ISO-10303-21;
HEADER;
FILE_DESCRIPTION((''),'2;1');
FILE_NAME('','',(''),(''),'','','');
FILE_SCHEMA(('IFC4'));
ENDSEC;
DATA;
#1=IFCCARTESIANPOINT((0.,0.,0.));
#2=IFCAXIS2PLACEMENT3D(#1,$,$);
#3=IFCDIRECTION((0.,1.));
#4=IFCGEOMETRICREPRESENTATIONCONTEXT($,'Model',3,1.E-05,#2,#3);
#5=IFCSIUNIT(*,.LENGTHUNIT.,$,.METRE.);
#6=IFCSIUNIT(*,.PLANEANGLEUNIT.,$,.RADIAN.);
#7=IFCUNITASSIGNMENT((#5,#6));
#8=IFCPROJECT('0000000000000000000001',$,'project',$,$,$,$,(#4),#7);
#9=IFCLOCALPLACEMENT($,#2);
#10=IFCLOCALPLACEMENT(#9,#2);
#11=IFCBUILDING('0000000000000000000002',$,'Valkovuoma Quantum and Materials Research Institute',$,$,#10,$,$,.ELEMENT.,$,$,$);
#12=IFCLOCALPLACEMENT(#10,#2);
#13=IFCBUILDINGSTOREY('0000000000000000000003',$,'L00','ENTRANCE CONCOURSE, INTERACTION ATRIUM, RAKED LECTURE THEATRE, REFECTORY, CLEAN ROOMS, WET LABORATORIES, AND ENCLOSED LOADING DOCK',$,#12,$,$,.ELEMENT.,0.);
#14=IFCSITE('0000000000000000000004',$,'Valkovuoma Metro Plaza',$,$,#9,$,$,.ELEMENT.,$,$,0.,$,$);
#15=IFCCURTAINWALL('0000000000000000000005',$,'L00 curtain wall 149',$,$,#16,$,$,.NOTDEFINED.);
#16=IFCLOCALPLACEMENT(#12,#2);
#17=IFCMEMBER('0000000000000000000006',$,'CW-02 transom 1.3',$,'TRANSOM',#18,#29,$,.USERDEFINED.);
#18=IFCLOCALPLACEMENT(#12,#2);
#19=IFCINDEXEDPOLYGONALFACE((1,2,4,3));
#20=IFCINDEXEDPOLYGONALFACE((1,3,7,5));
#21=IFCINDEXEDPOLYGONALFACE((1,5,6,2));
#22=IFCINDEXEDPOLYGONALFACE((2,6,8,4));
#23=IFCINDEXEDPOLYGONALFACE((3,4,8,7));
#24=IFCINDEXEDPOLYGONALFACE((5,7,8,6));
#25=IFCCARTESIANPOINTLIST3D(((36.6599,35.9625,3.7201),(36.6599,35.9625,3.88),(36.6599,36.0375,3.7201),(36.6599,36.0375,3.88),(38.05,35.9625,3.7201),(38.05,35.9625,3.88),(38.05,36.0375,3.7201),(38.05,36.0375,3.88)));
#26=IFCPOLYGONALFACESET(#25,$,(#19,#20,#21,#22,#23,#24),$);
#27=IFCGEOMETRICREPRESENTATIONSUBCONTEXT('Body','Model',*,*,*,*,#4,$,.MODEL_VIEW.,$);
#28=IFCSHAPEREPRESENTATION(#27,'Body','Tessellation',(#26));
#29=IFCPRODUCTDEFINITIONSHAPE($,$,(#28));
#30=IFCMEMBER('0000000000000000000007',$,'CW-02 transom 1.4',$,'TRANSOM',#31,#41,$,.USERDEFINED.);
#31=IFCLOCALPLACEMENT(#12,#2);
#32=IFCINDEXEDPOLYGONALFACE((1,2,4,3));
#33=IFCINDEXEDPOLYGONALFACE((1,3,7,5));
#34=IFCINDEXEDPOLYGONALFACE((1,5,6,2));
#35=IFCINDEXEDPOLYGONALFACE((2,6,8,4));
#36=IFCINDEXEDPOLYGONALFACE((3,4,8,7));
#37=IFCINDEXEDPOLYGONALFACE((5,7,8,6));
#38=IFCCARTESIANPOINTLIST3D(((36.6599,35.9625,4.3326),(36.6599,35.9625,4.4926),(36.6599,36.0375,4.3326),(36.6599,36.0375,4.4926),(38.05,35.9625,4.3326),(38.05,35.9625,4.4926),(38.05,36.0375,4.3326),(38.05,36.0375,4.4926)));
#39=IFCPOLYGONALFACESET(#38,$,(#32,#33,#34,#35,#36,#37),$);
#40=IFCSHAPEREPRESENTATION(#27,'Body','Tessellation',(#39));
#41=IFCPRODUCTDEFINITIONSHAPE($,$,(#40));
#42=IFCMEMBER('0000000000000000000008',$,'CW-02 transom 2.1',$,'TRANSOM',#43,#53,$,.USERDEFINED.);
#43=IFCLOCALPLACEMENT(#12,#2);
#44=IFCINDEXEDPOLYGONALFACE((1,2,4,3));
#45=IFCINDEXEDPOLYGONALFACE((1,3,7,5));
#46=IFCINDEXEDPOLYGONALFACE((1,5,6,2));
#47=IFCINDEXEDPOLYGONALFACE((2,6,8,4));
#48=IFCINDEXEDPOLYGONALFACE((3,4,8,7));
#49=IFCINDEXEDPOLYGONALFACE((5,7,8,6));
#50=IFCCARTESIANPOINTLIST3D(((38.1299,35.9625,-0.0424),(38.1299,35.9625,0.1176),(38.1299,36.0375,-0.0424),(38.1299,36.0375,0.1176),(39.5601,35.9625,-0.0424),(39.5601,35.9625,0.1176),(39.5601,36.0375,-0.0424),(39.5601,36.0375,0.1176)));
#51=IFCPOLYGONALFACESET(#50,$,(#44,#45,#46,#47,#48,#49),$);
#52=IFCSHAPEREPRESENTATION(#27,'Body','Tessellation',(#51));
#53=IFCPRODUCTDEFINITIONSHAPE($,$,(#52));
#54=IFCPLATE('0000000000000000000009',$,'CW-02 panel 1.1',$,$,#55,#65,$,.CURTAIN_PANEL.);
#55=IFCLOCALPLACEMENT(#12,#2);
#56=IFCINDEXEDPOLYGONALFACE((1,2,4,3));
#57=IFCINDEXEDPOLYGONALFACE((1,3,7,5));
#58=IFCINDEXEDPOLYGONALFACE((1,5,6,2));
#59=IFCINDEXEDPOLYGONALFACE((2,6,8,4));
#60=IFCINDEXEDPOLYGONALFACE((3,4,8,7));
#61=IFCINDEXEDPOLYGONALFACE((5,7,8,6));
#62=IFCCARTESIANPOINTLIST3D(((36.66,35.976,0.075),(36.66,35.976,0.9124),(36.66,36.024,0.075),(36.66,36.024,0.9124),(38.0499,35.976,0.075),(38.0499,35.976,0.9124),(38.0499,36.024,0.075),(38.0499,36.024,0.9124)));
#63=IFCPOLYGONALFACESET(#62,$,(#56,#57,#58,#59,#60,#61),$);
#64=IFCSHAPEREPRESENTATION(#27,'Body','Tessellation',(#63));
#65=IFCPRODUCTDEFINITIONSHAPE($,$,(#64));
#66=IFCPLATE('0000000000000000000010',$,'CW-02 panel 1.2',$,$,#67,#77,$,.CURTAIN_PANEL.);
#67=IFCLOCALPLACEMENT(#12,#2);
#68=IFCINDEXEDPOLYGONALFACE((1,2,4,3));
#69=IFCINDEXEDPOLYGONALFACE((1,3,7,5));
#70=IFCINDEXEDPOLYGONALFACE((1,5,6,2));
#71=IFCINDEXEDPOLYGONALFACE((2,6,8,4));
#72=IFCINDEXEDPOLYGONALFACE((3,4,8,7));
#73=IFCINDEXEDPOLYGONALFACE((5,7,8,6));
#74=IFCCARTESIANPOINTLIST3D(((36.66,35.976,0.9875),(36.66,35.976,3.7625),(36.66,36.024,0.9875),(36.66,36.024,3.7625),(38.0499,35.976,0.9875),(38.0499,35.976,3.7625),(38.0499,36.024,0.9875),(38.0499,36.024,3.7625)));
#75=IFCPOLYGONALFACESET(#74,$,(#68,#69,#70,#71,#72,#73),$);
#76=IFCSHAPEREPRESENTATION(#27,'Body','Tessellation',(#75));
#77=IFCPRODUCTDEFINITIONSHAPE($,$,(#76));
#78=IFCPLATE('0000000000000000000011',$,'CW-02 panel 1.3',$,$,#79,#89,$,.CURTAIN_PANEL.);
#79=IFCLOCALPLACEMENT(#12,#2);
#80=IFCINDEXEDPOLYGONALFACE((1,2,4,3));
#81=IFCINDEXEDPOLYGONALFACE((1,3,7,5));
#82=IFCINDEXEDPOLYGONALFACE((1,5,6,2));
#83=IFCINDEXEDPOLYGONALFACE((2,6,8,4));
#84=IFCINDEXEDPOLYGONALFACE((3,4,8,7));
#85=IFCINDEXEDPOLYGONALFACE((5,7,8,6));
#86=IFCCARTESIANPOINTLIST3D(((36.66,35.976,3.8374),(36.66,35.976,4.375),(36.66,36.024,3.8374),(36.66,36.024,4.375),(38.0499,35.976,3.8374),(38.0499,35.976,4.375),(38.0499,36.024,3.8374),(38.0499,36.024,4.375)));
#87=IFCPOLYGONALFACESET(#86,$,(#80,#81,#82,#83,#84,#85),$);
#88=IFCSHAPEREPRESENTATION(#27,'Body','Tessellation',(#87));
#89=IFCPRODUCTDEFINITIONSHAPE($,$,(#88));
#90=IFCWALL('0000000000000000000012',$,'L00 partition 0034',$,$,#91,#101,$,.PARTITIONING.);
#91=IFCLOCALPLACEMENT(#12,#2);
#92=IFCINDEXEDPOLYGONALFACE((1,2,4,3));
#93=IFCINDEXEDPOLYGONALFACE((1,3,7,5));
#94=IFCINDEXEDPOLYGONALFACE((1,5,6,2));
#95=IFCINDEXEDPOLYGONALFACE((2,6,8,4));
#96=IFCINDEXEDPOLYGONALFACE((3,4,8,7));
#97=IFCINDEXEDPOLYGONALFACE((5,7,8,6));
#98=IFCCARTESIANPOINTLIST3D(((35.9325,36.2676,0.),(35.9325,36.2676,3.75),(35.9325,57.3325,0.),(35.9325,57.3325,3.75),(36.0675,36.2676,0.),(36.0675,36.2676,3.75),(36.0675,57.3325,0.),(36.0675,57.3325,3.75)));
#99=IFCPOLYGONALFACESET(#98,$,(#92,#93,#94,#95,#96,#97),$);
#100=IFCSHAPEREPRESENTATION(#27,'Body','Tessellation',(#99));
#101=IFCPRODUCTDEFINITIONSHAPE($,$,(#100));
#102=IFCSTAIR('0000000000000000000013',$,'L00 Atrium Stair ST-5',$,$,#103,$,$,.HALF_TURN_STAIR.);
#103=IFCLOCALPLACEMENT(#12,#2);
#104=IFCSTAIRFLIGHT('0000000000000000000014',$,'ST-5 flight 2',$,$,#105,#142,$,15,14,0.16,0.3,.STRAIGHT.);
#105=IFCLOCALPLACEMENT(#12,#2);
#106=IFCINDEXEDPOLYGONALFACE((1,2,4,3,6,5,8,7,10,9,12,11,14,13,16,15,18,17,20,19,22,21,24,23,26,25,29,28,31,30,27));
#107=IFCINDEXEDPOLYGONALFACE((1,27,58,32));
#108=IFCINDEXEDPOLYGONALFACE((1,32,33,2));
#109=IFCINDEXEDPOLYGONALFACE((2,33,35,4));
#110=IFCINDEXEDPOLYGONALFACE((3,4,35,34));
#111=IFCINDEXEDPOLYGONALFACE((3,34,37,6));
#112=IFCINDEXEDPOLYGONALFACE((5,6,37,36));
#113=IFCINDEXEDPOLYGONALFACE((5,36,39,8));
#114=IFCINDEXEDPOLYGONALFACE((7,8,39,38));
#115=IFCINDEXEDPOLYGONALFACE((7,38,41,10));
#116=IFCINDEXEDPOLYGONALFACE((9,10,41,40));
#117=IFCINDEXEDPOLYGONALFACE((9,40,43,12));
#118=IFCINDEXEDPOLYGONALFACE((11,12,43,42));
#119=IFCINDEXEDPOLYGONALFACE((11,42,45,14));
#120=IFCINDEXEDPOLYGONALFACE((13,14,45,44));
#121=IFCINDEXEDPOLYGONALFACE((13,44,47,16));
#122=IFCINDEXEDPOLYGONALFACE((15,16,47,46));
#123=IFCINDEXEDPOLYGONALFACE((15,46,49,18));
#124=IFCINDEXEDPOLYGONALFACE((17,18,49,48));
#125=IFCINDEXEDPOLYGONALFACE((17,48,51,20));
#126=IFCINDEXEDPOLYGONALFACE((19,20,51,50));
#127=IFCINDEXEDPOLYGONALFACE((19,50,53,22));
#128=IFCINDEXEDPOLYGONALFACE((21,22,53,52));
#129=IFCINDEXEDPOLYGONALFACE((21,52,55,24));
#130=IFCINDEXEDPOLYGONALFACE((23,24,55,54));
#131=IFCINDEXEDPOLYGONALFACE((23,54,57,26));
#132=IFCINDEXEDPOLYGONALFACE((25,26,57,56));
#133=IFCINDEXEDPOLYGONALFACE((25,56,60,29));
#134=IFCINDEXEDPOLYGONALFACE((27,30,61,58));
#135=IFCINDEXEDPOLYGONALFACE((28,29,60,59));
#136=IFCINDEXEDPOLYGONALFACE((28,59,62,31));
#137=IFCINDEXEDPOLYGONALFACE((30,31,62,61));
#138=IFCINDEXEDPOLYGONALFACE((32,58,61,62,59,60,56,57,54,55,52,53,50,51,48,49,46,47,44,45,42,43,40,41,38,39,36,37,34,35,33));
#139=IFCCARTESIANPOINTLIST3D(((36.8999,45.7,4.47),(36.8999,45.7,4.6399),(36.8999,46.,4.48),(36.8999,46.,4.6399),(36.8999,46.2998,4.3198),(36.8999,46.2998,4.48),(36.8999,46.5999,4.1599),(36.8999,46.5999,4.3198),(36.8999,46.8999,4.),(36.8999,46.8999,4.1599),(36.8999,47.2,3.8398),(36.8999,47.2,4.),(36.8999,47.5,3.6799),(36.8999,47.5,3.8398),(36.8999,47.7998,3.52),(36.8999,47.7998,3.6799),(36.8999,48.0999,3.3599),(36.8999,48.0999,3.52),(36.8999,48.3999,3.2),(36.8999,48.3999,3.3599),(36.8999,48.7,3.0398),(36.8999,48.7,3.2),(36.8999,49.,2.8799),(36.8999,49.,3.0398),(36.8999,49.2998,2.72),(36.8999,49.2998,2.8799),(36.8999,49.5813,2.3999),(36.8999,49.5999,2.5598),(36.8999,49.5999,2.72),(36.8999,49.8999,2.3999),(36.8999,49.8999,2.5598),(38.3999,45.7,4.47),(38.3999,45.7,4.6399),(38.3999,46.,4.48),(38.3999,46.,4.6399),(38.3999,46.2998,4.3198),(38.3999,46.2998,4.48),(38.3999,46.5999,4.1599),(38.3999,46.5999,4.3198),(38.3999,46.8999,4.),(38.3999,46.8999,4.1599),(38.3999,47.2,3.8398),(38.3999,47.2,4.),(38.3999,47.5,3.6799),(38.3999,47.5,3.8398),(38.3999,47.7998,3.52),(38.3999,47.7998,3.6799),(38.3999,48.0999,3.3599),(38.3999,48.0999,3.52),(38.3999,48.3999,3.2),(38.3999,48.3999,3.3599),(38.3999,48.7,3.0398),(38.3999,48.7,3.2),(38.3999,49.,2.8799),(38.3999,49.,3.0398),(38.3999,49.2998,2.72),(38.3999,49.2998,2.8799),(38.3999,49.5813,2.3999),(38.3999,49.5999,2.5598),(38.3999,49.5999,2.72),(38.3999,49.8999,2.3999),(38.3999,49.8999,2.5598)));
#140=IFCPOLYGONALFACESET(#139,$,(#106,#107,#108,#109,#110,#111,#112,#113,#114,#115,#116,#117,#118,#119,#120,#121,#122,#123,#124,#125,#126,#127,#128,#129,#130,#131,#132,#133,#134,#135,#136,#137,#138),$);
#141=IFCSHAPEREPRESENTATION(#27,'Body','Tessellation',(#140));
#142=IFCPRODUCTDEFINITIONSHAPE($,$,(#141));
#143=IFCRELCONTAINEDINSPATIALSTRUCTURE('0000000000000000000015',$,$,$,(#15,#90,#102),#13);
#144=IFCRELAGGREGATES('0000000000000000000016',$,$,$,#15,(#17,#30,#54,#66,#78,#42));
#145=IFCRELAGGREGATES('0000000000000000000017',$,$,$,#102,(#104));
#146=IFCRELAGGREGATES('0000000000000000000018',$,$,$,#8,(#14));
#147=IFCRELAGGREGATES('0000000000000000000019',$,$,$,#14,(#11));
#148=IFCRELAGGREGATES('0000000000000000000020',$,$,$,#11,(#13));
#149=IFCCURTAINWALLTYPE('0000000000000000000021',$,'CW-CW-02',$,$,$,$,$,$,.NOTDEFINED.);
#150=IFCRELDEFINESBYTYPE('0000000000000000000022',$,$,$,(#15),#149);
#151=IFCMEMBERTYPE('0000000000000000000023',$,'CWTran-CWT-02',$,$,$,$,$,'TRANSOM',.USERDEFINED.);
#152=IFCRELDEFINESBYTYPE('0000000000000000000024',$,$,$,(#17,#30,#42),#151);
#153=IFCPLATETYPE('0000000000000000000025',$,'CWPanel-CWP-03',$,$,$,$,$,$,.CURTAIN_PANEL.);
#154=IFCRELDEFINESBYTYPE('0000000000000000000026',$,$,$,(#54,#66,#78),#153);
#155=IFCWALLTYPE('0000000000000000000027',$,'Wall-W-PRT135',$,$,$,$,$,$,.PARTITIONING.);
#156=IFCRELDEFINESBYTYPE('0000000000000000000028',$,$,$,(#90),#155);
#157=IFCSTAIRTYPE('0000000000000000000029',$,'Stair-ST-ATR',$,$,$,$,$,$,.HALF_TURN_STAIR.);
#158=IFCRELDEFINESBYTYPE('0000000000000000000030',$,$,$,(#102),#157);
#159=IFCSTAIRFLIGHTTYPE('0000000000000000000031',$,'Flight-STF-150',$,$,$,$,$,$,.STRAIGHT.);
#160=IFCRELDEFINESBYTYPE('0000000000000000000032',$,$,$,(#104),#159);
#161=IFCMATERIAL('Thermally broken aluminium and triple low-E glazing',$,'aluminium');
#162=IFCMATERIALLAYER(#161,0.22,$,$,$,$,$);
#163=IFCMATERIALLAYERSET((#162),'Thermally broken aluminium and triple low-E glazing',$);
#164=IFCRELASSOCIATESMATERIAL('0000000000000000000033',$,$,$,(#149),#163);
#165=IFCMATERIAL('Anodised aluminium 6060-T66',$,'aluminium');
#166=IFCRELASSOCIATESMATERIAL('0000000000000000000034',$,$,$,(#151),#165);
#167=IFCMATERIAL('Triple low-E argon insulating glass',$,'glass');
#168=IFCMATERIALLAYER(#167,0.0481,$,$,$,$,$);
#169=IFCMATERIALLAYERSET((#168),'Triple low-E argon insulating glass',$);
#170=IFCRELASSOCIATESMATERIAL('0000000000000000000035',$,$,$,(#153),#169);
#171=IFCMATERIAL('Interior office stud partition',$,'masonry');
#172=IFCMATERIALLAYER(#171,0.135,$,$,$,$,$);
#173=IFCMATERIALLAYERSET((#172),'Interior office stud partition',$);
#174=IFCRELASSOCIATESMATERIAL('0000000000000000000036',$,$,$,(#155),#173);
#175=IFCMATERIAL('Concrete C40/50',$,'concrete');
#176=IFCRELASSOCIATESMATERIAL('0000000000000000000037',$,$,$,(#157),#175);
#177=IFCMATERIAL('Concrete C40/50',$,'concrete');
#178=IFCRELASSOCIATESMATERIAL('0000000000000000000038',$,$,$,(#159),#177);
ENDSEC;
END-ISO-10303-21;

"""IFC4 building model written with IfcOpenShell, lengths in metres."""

from ifc_helpers import new_model, si_unit, direction, frame, frame_2d, origin, origin_2d, place, context, subcontext, project, spatial, polyline, rectangle, outline, extrude, material, layer, layer_set, material_profile, profile_set, type_object, element, aggregate, save


model = new_model("IFC4")

# Units and contexts
model_context = context("Model", 3, precision=1e-05, world=origin(), true_north=direction((0.0, 1.0)))
body_context = subcontext(model_context, "Body", "Model", "MODEL_VIEW")
ifc_project = project(units=[si_unit("LENGTHUNIT", "METRE"), si_unit("PLANEANGLEUNIT", "RADIAN")], contexts=[model_context])

# Site, building, storey
site_placement = place(None, origin())
site = spatial("IfcSite", under=ifc_project, at=site_placement, Name="Valkovuoma Metro Plaza", CompositionType="ELEMENT", RefElevation=0.0)
building_placement = place(site_placement, origin())
building = spatial("IfcBuilding", under=site, at=building_placement, Name="Valkovuoma Quantum and Materials Research Institute", CompositionType="ELEMENT")
storey_placement = place(building_placement, origin())
storey = spatial("IfcBuildingStorey", under=building, at=storey_placement, Name="L00", Description="ENTRANCE CONCOURSE, INTERACTION ATRIUM, RAKED LECTURE THEATRE, REFECTORY, CLEAN ROOMS, WET LABORATORIES, AND ENCLOSED LOADING DOCK", CompositionType="ELEMENT", Elevation=0.0)

# Curtain wall, members, plates
ifc_material_1 = material(Name="Thermally broken aluminium and triple low-E glazing", Category="aluminium")
ifc_layer_1 = layer(ifc_material_1, 0.22)
ifc_layer_set_1 = layer_set([ifc_layer_1], Name="Thermally broken aluminium and triple low-E glazing")
curtain_wall_type = type_object("IfcCurtainWallType", Name="CW-CW-02", PredefinedType="NOTDEFINED", material=ifc_layer_set_1)
curtain_wall_placement = place(storey_placement, origin())
curtain_wall = element("IfcCurtainWall", 1, at=curtain_wall_placement, inside=storey, type_object=curtain_wall_type, Name="L00 curtain wall 149", PredefinedType="NOTDEFINED")
ifc_material_2 = material(Name="Anodised aluminium 6060-T66", Category="aluminium")
ifc_material_profile_1 = material_profile(ifc_material_2, rectangle(XDim=0.075, YDim=0.1599, at=origin_2d()), Name="Anodised aluminium 6060-T66")
ifc_profile_set_1 = profile_set([ifc_material_profile_1], Name="Anodised aluminium 6060-T66")
member_type_1 = type_object("IfcMemberType", Name="CWTran-CWT-02", ElementType="TRANSOM", PredefinedType="USERDEFINED", material=ifc_profile_set_1)
member_1_placement = place(storey_placement, frame((36.6599, 36.0, 3.8), z_axis=(1.0, 0.0, 0.0), x_axis=(0.0, 1.0, 0.0)))
member_1 = element("IfcMember", 2, at=member_1_placement, type_object=member_type_1, Name="CW-02 transom 1.3", ObjectType="TRANSOM", PredefinedType="USERDEFINED", context=body_context, shape_type="SweptSolid", body=[
    extrude(rectangle(XDim=0.075, YDim=0.1599, at=origin_2d()), origin(), (0.0, 0.0, 1.0), 1.3901),
])
member_2_placement = place(storey_placement, frame((36.6599, 36.0, 4.4126), z_axis=(1.0, 0.0, 0.0), x_axis=(0.0, 1.0, 0.0)))
member_2 = element("IfcMember", 3, at=member_2_placement, type_object=member_type_1, Name="CW-02 transom 1.4", ObjectType="TRANSOM", PredefinedType="USERDEFINED", context=body_context, shape_type="SweptSolid", body=[
    extrude(rectangle(XDim=0.075, YDim=0.1599, at=origin_2d()), origin(), (0.0, 0.0, 1.0), 1.3901),
])
member_3_placement = place(storey_placement, frame((38.1299, 36.0, 0.0376), z_axis=(1.0, 0.0, 0.0), x_axis=(0.0, 1.0, 0.0)))
member_3 = element("IfcMember", 4, at=member_3_placement, type_object=member_type_1, Name="CW-02 transom 2.1", ObjectType="TRANSOM", PredefinedType="USERDEFINED", context=body_context, shape_type="SweptSolid", body=[
    extrude(rectangle(XDim=0.075, YDim=0.1599, at=origin_2d()), origin(), (0.0, 0.0, 1.0), 1.4302),
])
ifc_material_3 = material(Name="Triple low-E argon insulating glass", Category="glass")
ifc_layer_2 = layer(ifc_material_3, 0.0481)
ifc_layer_set_2 = layer_set([ifc_layer_2], Name="Triple low-E argon insulating glass")
plate_type = type_object("IfcPlateType", Name="CWPanel-CWP-03", PredefinedType="CURTAIN_PANEL", material=ifc_layer_set_2)
plate_1_placement = place(storey_placement, frame((37.355, 36.0, 0.075), z_axis=(0.0, 0.0, 1.0), x_axis=(1.0, 0.0, 0.0)))
plate_1 = element("IfcPlate", 5, at=plate_1_placement, type_object=plate_type, Name="CW-02 panel 1.1", PredefinedType="CURTAIN_PANEL", context=body_context, shape_type="SweptSolid", body=[
    extrude(rectangle(XDim=1.3899, YDim=0.0481, at=origin_2d()), origin(), (0.0, 0.0, 1.0), 0.8374),
])
plate_2_placement = place(storey_placement, frame((37.355, 36.0, 0.9875), z_axis=(0.0, 0.0, 1.0), x_axis=(1.0, 0.0, 0.0)))
plate_2 = element("IfcPlate", 6, at=plate_2_placement, type_object=plate_type, Name="CW-02 panel 1.2", PredefinedType="CURTAIN_PANEL", context=body_context, shape_type="SweptSolid", body=[
    extrude(rectangle(XDim=1.3899, YDim=0.0481, at=origin_2d()), origin(), (0.0, 0.0, 1.0), 2.7749),
])
plate_3_placement = place(storey_placement, frame((37.355, 36.0, 3.8374), z_axis=(0.0, 0.0, 1.0), x_axis=(1.0, 0.0, 0.0)))
plate_3 = element("IfcPlate", 7, at=plate_3_placement, type_object=plate_type, Name="CW-02 panel 1.3", PredefinedType="CURTAIN_PANEL", context=body_context, shape_type="SweptSolid", body=[
    extrude(rectangle(XDim=1.3899, YDim=0.0481, at=origin_2d()), origin(), (0.0, 0.0, 1.0), 0.5376),
])
aggregate(curtain_wall, [member_1, member_2, plate_1, plate_2, plate_3, member_3])

# Wall
ifc_material_4 = material(Name="Interior office stud partition", Category="masonry")
ifc_layer_3 = layer(ifc_material_4, 0.135)
ifc_layer_set_3 = layer_set([ifc_layer_3], Name="Interior office stud partition")
wall_type = type_object("IfcWallType", Name="Wall-W-PRT135", PredefinedType="PARTITIONING", material=ifc_layer_set_3)
wall_placement = place(storey_placement, frame((36.0, 36.2676, 0.0), z_axis=(0.0, 0.0, 1.0), x_axis=(0.0, 1.0, 0.0)))
element("IfcWall", 8, at=wall_placement, inside=storey, type_object=wall_type, Name="L00 partition 0034", PredefinedType="PARTITIONING", context=body_context, shape_type="SweptSolid", body=[
    extrude(rectangle(XDim=21.0649, YDim=0.135, at=frame_2d((10.5325, 0.0))), origin(), (0.0, 0.0, 1.0), 3.75),
])

# Stair, stair flight
ifc_material_5 = material(Name="Concrete C40/50", Category="concrete")
stair_type = type_object("IfcStairType", Name="Stair-ST-ATR", PredefinedType="HALF_TURN_STAIR", material=ifc_material_5)
stair_placement = place(storey_placement, origin())
stair = element("IfcStair", 9, at=stair_placement, inside=storey, type_object=stair_type, Name="L00 Atrium Stair ST-5", PredefinedType="HALF_TURN_STAIR")
ifc_material_6 = material(Name="Concrete C40/50", Category="concrete")
stair_flight_type = type_object("IfcStairFlightType", Name="Flight-STF-150", PredefinedType="STRAIGHT", material=ifc_material_6)
stair_flight_placement = place(storey_placement, frame((37.6499, 49.8999, 2.3999), z_axis=(0.0, 0.0, 1.0), x_axis=(0.0, -1.0, 0.0)))
stair_flight = element("IfcStairFlight", 10, at=stair_flight_placement, type_object=stair_flight_type, Name="ST-5 flight 2", NumberOfRisers=15, NumberOfTreads=14, PredefinedType="STRAIGHT", RiserHeight=0.16, TreadLength=0.3, context=body_context, shape_type="SweptSolid", body=[
    extrude(outline(polyline([(0.0, 0.0), (0.0, 0.1599), (0.3, 0.1599), (0.3, 0.3201), (0.6001, 0.3201), (0.6001, 0.48), (0.8999, 0.48), (0.8999, 0.6399), (1.2, 0.6399), (1.2, 0.8), (1.5, 0.8), (1.5, 0.96), (1.8, 0.96), (1.8, 1.1201), (2.1001, 1.1201), (2.1001, 1.28), (2.3999, 1.28), (2.3999, 1.4399), (2.7, 1.4399), (2.7, 1.6001), (3.0, 1.6001), (3.0, 1.76), (3.3, 1.76), (3.3, 1.9199), (3.6001, 1.9199), (3.6001, 2.0801), (3.8999, 2.0801), (3.8999, 2.24), (4.2, 2.24), (4.2, 2.3999), (4.2, 2.0701), (0.3186, 0.0), (0.0, 0.0)])), frame((0.0, 0.75, 0.0), z_axis=(0.0, -1.0, 0.0), x_axis=(1.0, 0.0, 0.0)), (0.0, 0.0, 1.0), 1.5),
])
aggregate(stair, [stair_flight])

save(model, "model.ifc")
